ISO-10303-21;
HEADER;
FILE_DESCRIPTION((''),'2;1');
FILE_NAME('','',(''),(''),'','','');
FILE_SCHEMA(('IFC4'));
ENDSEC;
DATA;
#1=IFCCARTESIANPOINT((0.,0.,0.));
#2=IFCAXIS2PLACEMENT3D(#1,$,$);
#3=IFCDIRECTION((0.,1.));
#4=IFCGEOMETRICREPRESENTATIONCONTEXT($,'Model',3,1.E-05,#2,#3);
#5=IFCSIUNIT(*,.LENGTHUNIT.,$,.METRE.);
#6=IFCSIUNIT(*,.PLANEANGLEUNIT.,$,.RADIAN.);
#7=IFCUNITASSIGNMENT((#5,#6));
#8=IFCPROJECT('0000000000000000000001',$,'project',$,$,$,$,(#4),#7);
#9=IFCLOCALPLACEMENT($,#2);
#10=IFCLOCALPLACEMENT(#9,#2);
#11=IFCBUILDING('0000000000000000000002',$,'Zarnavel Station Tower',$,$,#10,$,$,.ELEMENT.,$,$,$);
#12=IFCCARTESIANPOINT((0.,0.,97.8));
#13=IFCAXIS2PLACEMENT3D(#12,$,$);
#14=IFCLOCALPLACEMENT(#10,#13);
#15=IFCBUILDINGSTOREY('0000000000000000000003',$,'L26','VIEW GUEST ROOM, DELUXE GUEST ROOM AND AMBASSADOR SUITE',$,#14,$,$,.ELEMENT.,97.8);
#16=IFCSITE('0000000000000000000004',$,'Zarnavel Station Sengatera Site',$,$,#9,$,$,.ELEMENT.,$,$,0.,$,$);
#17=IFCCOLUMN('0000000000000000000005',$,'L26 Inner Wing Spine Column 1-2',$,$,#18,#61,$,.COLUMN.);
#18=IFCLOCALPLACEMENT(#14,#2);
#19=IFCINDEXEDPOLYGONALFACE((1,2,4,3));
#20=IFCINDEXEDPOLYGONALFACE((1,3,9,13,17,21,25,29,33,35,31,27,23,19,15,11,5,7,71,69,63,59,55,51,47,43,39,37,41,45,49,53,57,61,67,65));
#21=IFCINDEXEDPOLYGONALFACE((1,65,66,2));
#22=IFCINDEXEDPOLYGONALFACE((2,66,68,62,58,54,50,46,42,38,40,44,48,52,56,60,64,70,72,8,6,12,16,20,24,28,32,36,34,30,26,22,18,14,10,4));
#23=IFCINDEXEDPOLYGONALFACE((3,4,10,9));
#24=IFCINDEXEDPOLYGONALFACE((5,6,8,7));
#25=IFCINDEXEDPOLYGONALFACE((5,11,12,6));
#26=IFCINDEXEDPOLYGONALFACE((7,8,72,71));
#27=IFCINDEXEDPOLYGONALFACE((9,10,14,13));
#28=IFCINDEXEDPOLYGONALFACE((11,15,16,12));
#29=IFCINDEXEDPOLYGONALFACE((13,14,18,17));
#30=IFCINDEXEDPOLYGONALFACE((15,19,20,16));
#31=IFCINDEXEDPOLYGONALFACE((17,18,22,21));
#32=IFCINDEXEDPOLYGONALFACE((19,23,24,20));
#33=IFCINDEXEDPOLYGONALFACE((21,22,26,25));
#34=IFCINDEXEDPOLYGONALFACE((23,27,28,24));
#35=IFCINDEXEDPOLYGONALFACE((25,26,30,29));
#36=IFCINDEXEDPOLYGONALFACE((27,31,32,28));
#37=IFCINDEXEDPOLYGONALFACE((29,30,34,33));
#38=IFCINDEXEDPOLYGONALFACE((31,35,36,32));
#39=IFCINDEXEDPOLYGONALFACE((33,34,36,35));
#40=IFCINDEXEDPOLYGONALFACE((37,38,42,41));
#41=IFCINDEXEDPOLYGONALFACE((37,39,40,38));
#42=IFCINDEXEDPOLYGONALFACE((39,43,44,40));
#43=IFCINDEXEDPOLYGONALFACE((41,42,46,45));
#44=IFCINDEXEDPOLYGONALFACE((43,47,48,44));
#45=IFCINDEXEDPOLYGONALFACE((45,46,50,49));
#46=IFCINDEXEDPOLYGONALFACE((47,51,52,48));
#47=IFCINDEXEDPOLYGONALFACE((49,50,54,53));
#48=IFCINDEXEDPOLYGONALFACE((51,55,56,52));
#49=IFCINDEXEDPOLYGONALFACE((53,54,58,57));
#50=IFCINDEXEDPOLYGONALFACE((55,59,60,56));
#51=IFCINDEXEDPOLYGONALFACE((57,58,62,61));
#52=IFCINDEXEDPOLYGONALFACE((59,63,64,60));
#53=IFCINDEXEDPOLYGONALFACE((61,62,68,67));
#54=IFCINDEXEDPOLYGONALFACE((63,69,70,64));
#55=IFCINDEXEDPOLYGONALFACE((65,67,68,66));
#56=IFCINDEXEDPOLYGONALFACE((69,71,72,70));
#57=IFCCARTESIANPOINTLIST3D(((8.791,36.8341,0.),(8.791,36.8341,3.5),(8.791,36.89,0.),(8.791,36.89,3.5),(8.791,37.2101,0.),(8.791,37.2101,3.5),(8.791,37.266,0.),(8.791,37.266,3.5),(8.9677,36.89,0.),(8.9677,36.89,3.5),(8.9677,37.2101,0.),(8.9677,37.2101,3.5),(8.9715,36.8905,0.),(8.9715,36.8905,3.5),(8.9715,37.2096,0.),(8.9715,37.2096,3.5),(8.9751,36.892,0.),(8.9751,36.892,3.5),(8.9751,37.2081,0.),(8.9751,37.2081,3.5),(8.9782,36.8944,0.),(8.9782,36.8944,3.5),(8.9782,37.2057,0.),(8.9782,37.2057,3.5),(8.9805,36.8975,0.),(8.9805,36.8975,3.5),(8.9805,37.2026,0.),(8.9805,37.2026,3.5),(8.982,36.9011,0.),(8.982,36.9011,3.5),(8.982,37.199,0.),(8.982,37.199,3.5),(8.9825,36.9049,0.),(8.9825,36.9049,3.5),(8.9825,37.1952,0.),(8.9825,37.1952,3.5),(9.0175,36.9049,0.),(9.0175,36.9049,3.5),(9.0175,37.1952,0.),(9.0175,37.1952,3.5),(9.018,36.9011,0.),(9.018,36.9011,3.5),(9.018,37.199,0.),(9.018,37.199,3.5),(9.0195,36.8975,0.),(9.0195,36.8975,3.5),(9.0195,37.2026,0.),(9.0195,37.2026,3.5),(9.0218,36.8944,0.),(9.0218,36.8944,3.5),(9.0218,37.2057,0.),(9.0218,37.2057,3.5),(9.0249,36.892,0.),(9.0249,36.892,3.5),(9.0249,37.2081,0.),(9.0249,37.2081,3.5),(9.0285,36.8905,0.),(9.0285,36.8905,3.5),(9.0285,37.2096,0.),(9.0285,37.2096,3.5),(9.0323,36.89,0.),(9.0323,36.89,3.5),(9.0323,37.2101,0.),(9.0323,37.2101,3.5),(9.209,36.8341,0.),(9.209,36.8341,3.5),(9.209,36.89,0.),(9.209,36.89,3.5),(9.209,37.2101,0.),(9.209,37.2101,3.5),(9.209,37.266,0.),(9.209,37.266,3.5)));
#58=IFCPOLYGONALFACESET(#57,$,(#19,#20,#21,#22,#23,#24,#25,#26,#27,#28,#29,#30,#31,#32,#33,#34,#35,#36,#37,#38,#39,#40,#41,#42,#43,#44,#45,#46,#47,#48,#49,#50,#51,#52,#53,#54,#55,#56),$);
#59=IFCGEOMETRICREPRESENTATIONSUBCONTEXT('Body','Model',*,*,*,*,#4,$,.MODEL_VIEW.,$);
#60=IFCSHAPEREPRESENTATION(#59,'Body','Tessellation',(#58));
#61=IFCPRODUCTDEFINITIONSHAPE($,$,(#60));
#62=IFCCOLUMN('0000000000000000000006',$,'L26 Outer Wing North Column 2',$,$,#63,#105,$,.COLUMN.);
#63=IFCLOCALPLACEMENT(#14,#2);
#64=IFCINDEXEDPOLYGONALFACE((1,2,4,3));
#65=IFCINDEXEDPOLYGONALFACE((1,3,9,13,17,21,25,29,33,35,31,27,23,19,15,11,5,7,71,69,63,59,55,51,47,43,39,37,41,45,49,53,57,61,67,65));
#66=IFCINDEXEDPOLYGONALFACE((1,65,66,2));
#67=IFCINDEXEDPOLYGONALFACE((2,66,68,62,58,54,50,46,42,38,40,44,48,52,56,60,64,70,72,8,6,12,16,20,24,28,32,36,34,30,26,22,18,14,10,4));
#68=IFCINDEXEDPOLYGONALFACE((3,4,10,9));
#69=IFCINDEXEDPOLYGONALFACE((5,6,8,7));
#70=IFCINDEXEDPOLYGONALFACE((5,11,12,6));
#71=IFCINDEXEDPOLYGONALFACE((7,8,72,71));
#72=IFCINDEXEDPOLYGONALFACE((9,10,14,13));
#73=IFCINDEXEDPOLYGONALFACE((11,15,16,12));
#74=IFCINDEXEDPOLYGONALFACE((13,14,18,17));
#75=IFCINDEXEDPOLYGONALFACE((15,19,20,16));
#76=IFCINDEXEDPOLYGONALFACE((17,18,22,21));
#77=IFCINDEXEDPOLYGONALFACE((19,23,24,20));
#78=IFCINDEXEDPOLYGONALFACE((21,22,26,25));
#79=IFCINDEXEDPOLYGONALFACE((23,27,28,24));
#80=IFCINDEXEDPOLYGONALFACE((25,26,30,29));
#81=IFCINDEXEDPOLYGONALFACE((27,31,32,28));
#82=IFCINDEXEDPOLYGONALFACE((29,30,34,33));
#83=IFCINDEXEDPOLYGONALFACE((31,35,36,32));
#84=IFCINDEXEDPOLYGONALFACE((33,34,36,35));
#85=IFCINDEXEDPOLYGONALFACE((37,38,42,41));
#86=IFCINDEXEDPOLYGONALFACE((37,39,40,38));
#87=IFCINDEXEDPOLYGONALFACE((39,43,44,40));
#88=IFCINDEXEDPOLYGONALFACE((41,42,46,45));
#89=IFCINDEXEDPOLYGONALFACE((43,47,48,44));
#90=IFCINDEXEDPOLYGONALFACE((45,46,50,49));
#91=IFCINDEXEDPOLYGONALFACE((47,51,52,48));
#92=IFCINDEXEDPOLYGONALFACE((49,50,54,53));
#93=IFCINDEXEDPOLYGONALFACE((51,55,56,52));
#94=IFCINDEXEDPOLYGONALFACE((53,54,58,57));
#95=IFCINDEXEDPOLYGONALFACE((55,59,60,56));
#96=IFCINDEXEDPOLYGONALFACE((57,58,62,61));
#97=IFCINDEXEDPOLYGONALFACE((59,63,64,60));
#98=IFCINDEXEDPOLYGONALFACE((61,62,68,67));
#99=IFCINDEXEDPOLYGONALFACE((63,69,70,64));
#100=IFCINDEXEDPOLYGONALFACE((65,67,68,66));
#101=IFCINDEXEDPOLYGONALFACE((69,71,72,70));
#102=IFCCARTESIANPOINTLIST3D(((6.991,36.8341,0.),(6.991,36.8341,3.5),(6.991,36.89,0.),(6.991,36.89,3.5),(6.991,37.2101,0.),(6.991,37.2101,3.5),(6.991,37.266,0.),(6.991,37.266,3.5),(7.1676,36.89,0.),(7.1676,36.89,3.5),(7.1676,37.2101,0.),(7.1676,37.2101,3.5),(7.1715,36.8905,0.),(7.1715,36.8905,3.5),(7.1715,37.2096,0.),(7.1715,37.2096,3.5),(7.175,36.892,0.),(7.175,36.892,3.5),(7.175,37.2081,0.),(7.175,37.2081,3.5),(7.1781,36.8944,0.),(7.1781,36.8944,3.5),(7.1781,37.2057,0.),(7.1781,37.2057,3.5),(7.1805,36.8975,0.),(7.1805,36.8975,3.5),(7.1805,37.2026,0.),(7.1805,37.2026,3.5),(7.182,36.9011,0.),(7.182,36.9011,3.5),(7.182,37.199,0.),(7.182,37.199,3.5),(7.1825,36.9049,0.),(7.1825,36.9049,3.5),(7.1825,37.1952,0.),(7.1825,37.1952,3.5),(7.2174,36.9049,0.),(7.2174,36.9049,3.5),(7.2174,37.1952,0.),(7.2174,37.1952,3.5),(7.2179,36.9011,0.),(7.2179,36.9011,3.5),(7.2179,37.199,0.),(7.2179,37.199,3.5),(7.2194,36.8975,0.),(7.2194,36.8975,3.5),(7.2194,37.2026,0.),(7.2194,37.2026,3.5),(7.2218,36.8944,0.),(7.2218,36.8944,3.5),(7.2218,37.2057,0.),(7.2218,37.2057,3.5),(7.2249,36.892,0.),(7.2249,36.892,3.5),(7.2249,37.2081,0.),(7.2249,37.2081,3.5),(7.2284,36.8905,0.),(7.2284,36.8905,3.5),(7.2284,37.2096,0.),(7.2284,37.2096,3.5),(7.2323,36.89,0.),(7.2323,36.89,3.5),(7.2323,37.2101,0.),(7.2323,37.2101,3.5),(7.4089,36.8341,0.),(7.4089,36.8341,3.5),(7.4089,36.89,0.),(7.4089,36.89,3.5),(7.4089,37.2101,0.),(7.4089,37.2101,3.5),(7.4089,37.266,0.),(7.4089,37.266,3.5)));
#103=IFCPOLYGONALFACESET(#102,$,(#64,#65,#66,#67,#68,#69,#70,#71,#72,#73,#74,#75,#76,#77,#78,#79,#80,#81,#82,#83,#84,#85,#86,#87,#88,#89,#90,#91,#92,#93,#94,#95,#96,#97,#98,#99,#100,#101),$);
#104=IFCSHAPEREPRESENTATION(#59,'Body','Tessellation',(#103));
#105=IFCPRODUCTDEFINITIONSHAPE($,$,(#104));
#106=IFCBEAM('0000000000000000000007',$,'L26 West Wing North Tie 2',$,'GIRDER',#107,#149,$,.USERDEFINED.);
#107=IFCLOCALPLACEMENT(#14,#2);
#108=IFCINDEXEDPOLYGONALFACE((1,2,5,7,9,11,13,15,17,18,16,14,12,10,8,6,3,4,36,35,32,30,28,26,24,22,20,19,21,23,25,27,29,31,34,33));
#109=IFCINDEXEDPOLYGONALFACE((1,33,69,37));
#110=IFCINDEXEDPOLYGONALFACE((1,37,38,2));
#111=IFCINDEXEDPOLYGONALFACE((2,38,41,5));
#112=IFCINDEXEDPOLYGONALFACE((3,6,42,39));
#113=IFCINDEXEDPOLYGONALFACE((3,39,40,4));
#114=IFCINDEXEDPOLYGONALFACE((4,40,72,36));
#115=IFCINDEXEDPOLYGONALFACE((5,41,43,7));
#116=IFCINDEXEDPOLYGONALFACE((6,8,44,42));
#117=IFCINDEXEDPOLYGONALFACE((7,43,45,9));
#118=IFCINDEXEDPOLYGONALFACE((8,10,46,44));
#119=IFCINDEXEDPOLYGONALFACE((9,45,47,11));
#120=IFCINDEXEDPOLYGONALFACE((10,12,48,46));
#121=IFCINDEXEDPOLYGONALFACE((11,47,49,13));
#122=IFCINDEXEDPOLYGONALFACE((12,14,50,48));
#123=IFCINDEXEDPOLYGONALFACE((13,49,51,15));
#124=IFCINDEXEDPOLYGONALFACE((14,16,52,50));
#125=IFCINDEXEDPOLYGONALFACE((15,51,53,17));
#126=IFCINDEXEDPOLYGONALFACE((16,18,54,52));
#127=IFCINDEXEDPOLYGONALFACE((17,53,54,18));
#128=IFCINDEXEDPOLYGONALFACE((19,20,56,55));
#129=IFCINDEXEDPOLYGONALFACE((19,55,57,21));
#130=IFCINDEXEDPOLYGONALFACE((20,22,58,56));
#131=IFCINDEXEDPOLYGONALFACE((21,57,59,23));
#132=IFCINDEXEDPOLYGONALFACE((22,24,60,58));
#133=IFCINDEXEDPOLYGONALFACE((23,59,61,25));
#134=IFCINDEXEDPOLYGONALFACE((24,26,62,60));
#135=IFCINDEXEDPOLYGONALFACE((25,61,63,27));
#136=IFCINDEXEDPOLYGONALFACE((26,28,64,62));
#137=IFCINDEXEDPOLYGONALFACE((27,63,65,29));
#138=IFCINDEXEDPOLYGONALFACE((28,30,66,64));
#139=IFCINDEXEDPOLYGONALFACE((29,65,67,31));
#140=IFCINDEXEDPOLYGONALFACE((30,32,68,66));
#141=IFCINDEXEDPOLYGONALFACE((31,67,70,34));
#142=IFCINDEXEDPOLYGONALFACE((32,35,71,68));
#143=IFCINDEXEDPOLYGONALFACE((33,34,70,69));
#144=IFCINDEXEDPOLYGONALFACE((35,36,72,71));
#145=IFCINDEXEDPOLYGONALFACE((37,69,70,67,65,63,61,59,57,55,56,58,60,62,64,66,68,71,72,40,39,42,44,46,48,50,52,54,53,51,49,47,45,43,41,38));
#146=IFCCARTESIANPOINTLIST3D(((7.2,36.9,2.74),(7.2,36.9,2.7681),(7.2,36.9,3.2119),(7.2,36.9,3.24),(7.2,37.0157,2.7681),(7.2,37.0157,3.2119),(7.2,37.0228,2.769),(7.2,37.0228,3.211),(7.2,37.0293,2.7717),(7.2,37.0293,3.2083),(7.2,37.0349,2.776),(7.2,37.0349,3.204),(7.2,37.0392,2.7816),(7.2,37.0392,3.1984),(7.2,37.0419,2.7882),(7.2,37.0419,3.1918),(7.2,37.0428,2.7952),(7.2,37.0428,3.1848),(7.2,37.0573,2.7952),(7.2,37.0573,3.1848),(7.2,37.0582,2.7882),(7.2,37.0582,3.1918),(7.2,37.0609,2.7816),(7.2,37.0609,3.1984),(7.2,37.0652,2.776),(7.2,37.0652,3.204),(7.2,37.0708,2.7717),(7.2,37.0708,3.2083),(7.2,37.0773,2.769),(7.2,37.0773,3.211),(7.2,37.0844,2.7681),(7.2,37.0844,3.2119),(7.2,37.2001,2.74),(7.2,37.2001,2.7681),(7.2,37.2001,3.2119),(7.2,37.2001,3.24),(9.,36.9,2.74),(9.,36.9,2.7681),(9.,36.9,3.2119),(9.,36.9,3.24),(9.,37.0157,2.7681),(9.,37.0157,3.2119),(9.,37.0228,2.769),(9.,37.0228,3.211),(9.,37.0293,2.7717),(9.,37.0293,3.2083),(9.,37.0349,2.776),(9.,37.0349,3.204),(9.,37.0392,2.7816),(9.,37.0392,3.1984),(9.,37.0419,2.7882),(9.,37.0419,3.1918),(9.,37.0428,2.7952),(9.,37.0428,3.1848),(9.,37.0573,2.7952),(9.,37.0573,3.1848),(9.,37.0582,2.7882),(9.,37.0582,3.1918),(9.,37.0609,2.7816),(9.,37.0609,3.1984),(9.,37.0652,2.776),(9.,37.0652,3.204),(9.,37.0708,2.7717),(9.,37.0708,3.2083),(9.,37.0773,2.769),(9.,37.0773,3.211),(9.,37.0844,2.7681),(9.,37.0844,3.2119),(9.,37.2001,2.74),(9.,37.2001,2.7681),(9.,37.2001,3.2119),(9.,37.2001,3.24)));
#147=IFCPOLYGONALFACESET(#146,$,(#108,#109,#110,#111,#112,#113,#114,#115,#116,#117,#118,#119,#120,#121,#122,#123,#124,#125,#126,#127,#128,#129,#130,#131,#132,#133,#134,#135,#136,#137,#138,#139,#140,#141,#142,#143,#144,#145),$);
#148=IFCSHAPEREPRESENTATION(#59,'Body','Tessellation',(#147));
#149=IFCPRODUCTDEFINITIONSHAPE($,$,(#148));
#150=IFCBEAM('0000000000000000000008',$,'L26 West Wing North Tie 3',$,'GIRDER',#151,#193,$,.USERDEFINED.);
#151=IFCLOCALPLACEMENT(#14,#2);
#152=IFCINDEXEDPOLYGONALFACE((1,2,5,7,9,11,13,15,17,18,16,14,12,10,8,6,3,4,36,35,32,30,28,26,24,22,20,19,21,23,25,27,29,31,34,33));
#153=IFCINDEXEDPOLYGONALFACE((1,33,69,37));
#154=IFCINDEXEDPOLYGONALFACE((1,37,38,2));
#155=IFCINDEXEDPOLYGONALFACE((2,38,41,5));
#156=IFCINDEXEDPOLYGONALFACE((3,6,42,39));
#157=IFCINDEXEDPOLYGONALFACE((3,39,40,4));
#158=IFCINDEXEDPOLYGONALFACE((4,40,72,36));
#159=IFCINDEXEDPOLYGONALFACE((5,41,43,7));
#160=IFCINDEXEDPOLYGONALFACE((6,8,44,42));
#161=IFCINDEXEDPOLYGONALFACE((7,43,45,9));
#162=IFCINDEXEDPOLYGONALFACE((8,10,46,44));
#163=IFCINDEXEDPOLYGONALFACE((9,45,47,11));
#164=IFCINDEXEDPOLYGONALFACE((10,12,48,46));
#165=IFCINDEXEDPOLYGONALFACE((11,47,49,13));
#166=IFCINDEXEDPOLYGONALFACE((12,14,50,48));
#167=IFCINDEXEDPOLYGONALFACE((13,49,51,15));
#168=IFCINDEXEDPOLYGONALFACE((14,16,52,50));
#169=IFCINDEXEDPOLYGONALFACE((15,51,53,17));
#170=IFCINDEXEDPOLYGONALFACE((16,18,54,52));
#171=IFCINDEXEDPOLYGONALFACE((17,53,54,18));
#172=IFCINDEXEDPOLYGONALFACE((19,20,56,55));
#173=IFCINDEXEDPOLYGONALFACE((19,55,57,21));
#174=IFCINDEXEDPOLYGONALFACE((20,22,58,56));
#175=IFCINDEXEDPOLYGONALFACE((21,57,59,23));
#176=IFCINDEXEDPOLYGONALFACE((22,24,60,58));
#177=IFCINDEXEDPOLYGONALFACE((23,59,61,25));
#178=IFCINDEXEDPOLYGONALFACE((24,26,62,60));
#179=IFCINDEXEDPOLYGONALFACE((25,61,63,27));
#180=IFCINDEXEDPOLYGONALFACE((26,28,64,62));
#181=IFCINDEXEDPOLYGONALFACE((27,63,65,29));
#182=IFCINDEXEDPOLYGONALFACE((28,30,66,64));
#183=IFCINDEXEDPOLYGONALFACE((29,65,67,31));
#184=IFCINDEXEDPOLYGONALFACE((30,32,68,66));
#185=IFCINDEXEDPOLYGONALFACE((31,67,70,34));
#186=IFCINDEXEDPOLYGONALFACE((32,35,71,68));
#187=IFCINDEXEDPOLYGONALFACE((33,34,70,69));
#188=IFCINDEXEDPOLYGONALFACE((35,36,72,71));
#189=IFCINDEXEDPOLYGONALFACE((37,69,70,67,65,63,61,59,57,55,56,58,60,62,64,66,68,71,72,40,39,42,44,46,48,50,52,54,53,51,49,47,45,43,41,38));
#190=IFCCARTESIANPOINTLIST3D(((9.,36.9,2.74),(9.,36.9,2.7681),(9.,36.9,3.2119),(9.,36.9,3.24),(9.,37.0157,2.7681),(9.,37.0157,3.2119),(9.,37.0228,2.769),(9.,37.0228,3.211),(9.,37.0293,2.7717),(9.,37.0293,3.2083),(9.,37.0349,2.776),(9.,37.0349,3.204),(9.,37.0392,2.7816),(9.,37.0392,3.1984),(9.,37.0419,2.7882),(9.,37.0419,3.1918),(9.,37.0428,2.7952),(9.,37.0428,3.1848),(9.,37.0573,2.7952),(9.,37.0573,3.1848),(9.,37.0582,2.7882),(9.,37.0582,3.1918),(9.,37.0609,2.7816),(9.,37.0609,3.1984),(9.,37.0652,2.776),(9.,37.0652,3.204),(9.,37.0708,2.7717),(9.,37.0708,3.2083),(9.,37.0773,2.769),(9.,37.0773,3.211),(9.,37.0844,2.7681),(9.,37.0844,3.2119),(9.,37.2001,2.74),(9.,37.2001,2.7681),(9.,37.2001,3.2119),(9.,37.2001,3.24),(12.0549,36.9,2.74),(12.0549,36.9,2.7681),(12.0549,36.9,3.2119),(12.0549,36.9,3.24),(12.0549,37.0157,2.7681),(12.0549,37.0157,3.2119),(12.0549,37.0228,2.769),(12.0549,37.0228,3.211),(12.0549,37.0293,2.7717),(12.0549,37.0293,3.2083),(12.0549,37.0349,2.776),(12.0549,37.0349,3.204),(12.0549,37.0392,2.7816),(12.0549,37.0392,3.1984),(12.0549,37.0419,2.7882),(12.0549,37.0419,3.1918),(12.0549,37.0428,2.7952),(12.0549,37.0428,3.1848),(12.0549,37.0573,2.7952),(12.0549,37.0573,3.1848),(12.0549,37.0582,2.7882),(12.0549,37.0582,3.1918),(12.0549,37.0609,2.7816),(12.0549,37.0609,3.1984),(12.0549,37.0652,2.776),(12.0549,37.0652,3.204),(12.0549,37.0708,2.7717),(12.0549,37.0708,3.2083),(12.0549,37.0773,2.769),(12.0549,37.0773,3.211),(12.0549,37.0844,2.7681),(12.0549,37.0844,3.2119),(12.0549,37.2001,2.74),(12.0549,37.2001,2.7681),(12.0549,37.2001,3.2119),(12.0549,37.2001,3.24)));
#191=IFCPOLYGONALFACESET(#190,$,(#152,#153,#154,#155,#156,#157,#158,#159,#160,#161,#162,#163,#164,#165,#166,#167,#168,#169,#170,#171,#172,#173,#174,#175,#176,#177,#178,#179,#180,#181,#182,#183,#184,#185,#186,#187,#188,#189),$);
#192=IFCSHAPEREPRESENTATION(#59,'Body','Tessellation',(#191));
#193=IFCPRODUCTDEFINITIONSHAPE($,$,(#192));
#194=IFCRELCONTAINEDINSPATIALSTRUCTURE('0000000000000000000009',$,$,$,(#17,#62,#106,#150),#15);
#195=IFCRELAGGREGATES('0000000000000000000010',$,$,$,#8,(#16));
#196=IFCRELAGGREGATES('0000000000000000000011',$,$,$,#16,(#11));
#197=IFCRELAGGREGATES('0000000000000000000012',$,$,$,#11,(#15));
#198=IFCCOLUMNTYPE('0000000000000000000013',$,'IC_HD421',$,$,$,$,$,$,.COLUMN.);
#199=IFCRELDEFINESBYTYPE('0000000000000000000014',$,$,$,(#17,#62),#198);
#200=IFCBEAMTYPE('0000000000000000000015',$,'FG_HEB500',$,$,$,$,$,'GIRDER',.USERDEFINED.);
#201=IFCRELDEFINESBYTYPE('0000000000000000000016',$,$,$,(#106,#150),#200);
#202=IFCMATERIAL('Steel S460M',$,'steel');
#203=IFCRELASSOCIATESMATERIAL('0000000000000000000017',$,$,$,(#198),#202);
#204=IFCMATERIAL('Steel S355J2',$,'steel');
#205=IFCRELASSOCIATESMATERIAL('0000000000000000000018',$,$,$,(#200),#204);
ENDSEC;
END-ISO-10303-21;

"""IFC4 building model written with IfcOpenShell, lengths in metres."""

from ifc_helpers import new_model, si_unit, direction, frame, origin, origin_2d, place, context, subcontext, project, spatial, i_section, extrude, material, material_profile, profile_set, type_object, element, save


model = new_model("IFC4")

# Units and contexts
model_context = context("Model", 3, precision=1e-05, world=origin(), true_north=direction((0.0, 1.0)))
body_context = subcontext(model_context, "Body", "Model", "MODEL_VIEW")
ifc_project = project(units=[si_unit("LENGTHUNIT", "METRE"), si_unit("PLANEANGLEUNIT", "RADIAN")], contexts=[model_context])

# Site, building, storey
site_placement = place(None, origin())
site = spatial("IfcSite", under=ifc_project, at=site_placement, Name="Zarnavel Station Sengatera Site", CompositionType="ELEMENT", RefElevation=0.0)
building_placement = place(site_placement, origin())
building = spatial("IfcBuilding", under=site, at=building_placement, Name="Zarnavel Station Tower", CompositionType="ELEMENT")
storey_placement = place(building_placement, frame((0.0, 0.0, 97.8)))
storey = spatial("IfcBuildingStorey", under=building, at=storey_placement, Name="L26", Description="VIEW GUEST ROOM, DELUXE GUEST ROOM AND AMBASSADOR SUITE", CompositionType="ELEMENT", Elevation=97.8)

# Columns
ifc_material_1 = material(Name="Steel S460M", Category="steel")
ifc_material_profile_1 = material_profile(ifc_material_1, i_section(OverallWidth=0.418, OverallDepth=0.4319, WebThickness=0.0349, FlangeThickness=0.0559, FilletRadius=0.0149, at=origin_2d()), Name="HD400x421")
ifc_profile_set_1 = profile_set([ifc_material_profile_1], Name="Steel S460M")
column_type = type_object("IfcColumnType", Name="IC_HD421", PredefinedType="COLUMN", material=ifc_profile_set_1)
for number, where, z_axis, x_axis, name in (
    (1, (9.0, 37.05, 0.0), (0.0, 0.0, 1.0), (1.0, 0.0, 0.0), "L26 Inner Wing Spine Column 1-2"),
    (2, (7.2, 37.05, 0.0), (0.0, 0.0, 1.0), (1.0, 0.0, 0.0), "L26 Outer Wing North Column 2"),
):
    element("IfcColumn", number, at=place(storey_placement, frame(where, z_axis=z_axis, x_axis=x_axis)), inside=storey, type_object=column_type, Name=name, PredefinedType="COLUMN", context=body_context, shape_type="SweptSolid", body=[
        extrude(i_section(OverallWidth=0.418, OverallDepth=0.4319, WebThickness=0.0349, FlangeThickness=0.0559, FilletRadius=0.0149, at=origin_2d()), origin(), (0.0, 0.0, 1.0), 3.5),
    ])

# Beams
ifc_material_2 = material(Name="Steel S355J2", Category="steel")
ifc_material_profile_2 = material_profile(ifc_material_2, i_section(OverallWidth=0.3, OverallDepth=0.5, WebThickness=0.0144, FlangeThickness=0.0281, FilletRadius=0.0271, at=origin_2d()), Name="HEB500")
ifc_profile_set_2 = profile_set([ifc_material_profile_2], Name="Steel S355J2")
beam_type = type_object("IfcBeamType", Name="FG_HEB500", ElementType="GIRDER", PredefinedType="USERDEFINED", material=ifc_profile_set_2)
beam_1_placement = place(storey_placement, frame((7.2, 37.05, 2.99), z_axis=(1.0, 0.0, 0.0), x_axis=(0.0, 1.0, 0.0)))
element("IfcBeam", 3, at=beam_1_placement, inside=storey, type_object=beam_type, Name="L26 West Wing North Tie 2", ObjectType="GIRDER", PredefinedType="USERDEFINED", context=body_context, shape_type="SweptSolid", body=[
    extrude(i_section(OverallWidth=0.3, OverallDepth=0.5, WebThickness=0.0144, FlangeThickness=0.0281, FilletRadius=0.0271, at=origin_2d()), origin(), (0.0, 0.0, 1.0), 1.8),
])
beam_2_placement = place(storey_placement, frame((9.0, 37.05, 2.99), z_axis=(1.0, 0.0, 0.0), x_axis=(0.0, 1.0, 0.0)))
element("IfcBeam", 4, at=beam_2_placement, inside=storey, type_object=beam_type, Name="L26 West Wing North Tie 3", ObjectType="GIRDER", PredefinedType="USERDEFINED", context=body_context, shape_type="SweptSolid", body=[
    extrude(i_section(OverallWidth=0.3, OverallDepth=0.5, WebThickness=0.0144, FlangeThickness=0.0281, FilletRadius=0.0271, at=origin_2d()), origin(), (0.0, 0.0, 1.0), 3.0549),
])

save(model, "model.ifc")
